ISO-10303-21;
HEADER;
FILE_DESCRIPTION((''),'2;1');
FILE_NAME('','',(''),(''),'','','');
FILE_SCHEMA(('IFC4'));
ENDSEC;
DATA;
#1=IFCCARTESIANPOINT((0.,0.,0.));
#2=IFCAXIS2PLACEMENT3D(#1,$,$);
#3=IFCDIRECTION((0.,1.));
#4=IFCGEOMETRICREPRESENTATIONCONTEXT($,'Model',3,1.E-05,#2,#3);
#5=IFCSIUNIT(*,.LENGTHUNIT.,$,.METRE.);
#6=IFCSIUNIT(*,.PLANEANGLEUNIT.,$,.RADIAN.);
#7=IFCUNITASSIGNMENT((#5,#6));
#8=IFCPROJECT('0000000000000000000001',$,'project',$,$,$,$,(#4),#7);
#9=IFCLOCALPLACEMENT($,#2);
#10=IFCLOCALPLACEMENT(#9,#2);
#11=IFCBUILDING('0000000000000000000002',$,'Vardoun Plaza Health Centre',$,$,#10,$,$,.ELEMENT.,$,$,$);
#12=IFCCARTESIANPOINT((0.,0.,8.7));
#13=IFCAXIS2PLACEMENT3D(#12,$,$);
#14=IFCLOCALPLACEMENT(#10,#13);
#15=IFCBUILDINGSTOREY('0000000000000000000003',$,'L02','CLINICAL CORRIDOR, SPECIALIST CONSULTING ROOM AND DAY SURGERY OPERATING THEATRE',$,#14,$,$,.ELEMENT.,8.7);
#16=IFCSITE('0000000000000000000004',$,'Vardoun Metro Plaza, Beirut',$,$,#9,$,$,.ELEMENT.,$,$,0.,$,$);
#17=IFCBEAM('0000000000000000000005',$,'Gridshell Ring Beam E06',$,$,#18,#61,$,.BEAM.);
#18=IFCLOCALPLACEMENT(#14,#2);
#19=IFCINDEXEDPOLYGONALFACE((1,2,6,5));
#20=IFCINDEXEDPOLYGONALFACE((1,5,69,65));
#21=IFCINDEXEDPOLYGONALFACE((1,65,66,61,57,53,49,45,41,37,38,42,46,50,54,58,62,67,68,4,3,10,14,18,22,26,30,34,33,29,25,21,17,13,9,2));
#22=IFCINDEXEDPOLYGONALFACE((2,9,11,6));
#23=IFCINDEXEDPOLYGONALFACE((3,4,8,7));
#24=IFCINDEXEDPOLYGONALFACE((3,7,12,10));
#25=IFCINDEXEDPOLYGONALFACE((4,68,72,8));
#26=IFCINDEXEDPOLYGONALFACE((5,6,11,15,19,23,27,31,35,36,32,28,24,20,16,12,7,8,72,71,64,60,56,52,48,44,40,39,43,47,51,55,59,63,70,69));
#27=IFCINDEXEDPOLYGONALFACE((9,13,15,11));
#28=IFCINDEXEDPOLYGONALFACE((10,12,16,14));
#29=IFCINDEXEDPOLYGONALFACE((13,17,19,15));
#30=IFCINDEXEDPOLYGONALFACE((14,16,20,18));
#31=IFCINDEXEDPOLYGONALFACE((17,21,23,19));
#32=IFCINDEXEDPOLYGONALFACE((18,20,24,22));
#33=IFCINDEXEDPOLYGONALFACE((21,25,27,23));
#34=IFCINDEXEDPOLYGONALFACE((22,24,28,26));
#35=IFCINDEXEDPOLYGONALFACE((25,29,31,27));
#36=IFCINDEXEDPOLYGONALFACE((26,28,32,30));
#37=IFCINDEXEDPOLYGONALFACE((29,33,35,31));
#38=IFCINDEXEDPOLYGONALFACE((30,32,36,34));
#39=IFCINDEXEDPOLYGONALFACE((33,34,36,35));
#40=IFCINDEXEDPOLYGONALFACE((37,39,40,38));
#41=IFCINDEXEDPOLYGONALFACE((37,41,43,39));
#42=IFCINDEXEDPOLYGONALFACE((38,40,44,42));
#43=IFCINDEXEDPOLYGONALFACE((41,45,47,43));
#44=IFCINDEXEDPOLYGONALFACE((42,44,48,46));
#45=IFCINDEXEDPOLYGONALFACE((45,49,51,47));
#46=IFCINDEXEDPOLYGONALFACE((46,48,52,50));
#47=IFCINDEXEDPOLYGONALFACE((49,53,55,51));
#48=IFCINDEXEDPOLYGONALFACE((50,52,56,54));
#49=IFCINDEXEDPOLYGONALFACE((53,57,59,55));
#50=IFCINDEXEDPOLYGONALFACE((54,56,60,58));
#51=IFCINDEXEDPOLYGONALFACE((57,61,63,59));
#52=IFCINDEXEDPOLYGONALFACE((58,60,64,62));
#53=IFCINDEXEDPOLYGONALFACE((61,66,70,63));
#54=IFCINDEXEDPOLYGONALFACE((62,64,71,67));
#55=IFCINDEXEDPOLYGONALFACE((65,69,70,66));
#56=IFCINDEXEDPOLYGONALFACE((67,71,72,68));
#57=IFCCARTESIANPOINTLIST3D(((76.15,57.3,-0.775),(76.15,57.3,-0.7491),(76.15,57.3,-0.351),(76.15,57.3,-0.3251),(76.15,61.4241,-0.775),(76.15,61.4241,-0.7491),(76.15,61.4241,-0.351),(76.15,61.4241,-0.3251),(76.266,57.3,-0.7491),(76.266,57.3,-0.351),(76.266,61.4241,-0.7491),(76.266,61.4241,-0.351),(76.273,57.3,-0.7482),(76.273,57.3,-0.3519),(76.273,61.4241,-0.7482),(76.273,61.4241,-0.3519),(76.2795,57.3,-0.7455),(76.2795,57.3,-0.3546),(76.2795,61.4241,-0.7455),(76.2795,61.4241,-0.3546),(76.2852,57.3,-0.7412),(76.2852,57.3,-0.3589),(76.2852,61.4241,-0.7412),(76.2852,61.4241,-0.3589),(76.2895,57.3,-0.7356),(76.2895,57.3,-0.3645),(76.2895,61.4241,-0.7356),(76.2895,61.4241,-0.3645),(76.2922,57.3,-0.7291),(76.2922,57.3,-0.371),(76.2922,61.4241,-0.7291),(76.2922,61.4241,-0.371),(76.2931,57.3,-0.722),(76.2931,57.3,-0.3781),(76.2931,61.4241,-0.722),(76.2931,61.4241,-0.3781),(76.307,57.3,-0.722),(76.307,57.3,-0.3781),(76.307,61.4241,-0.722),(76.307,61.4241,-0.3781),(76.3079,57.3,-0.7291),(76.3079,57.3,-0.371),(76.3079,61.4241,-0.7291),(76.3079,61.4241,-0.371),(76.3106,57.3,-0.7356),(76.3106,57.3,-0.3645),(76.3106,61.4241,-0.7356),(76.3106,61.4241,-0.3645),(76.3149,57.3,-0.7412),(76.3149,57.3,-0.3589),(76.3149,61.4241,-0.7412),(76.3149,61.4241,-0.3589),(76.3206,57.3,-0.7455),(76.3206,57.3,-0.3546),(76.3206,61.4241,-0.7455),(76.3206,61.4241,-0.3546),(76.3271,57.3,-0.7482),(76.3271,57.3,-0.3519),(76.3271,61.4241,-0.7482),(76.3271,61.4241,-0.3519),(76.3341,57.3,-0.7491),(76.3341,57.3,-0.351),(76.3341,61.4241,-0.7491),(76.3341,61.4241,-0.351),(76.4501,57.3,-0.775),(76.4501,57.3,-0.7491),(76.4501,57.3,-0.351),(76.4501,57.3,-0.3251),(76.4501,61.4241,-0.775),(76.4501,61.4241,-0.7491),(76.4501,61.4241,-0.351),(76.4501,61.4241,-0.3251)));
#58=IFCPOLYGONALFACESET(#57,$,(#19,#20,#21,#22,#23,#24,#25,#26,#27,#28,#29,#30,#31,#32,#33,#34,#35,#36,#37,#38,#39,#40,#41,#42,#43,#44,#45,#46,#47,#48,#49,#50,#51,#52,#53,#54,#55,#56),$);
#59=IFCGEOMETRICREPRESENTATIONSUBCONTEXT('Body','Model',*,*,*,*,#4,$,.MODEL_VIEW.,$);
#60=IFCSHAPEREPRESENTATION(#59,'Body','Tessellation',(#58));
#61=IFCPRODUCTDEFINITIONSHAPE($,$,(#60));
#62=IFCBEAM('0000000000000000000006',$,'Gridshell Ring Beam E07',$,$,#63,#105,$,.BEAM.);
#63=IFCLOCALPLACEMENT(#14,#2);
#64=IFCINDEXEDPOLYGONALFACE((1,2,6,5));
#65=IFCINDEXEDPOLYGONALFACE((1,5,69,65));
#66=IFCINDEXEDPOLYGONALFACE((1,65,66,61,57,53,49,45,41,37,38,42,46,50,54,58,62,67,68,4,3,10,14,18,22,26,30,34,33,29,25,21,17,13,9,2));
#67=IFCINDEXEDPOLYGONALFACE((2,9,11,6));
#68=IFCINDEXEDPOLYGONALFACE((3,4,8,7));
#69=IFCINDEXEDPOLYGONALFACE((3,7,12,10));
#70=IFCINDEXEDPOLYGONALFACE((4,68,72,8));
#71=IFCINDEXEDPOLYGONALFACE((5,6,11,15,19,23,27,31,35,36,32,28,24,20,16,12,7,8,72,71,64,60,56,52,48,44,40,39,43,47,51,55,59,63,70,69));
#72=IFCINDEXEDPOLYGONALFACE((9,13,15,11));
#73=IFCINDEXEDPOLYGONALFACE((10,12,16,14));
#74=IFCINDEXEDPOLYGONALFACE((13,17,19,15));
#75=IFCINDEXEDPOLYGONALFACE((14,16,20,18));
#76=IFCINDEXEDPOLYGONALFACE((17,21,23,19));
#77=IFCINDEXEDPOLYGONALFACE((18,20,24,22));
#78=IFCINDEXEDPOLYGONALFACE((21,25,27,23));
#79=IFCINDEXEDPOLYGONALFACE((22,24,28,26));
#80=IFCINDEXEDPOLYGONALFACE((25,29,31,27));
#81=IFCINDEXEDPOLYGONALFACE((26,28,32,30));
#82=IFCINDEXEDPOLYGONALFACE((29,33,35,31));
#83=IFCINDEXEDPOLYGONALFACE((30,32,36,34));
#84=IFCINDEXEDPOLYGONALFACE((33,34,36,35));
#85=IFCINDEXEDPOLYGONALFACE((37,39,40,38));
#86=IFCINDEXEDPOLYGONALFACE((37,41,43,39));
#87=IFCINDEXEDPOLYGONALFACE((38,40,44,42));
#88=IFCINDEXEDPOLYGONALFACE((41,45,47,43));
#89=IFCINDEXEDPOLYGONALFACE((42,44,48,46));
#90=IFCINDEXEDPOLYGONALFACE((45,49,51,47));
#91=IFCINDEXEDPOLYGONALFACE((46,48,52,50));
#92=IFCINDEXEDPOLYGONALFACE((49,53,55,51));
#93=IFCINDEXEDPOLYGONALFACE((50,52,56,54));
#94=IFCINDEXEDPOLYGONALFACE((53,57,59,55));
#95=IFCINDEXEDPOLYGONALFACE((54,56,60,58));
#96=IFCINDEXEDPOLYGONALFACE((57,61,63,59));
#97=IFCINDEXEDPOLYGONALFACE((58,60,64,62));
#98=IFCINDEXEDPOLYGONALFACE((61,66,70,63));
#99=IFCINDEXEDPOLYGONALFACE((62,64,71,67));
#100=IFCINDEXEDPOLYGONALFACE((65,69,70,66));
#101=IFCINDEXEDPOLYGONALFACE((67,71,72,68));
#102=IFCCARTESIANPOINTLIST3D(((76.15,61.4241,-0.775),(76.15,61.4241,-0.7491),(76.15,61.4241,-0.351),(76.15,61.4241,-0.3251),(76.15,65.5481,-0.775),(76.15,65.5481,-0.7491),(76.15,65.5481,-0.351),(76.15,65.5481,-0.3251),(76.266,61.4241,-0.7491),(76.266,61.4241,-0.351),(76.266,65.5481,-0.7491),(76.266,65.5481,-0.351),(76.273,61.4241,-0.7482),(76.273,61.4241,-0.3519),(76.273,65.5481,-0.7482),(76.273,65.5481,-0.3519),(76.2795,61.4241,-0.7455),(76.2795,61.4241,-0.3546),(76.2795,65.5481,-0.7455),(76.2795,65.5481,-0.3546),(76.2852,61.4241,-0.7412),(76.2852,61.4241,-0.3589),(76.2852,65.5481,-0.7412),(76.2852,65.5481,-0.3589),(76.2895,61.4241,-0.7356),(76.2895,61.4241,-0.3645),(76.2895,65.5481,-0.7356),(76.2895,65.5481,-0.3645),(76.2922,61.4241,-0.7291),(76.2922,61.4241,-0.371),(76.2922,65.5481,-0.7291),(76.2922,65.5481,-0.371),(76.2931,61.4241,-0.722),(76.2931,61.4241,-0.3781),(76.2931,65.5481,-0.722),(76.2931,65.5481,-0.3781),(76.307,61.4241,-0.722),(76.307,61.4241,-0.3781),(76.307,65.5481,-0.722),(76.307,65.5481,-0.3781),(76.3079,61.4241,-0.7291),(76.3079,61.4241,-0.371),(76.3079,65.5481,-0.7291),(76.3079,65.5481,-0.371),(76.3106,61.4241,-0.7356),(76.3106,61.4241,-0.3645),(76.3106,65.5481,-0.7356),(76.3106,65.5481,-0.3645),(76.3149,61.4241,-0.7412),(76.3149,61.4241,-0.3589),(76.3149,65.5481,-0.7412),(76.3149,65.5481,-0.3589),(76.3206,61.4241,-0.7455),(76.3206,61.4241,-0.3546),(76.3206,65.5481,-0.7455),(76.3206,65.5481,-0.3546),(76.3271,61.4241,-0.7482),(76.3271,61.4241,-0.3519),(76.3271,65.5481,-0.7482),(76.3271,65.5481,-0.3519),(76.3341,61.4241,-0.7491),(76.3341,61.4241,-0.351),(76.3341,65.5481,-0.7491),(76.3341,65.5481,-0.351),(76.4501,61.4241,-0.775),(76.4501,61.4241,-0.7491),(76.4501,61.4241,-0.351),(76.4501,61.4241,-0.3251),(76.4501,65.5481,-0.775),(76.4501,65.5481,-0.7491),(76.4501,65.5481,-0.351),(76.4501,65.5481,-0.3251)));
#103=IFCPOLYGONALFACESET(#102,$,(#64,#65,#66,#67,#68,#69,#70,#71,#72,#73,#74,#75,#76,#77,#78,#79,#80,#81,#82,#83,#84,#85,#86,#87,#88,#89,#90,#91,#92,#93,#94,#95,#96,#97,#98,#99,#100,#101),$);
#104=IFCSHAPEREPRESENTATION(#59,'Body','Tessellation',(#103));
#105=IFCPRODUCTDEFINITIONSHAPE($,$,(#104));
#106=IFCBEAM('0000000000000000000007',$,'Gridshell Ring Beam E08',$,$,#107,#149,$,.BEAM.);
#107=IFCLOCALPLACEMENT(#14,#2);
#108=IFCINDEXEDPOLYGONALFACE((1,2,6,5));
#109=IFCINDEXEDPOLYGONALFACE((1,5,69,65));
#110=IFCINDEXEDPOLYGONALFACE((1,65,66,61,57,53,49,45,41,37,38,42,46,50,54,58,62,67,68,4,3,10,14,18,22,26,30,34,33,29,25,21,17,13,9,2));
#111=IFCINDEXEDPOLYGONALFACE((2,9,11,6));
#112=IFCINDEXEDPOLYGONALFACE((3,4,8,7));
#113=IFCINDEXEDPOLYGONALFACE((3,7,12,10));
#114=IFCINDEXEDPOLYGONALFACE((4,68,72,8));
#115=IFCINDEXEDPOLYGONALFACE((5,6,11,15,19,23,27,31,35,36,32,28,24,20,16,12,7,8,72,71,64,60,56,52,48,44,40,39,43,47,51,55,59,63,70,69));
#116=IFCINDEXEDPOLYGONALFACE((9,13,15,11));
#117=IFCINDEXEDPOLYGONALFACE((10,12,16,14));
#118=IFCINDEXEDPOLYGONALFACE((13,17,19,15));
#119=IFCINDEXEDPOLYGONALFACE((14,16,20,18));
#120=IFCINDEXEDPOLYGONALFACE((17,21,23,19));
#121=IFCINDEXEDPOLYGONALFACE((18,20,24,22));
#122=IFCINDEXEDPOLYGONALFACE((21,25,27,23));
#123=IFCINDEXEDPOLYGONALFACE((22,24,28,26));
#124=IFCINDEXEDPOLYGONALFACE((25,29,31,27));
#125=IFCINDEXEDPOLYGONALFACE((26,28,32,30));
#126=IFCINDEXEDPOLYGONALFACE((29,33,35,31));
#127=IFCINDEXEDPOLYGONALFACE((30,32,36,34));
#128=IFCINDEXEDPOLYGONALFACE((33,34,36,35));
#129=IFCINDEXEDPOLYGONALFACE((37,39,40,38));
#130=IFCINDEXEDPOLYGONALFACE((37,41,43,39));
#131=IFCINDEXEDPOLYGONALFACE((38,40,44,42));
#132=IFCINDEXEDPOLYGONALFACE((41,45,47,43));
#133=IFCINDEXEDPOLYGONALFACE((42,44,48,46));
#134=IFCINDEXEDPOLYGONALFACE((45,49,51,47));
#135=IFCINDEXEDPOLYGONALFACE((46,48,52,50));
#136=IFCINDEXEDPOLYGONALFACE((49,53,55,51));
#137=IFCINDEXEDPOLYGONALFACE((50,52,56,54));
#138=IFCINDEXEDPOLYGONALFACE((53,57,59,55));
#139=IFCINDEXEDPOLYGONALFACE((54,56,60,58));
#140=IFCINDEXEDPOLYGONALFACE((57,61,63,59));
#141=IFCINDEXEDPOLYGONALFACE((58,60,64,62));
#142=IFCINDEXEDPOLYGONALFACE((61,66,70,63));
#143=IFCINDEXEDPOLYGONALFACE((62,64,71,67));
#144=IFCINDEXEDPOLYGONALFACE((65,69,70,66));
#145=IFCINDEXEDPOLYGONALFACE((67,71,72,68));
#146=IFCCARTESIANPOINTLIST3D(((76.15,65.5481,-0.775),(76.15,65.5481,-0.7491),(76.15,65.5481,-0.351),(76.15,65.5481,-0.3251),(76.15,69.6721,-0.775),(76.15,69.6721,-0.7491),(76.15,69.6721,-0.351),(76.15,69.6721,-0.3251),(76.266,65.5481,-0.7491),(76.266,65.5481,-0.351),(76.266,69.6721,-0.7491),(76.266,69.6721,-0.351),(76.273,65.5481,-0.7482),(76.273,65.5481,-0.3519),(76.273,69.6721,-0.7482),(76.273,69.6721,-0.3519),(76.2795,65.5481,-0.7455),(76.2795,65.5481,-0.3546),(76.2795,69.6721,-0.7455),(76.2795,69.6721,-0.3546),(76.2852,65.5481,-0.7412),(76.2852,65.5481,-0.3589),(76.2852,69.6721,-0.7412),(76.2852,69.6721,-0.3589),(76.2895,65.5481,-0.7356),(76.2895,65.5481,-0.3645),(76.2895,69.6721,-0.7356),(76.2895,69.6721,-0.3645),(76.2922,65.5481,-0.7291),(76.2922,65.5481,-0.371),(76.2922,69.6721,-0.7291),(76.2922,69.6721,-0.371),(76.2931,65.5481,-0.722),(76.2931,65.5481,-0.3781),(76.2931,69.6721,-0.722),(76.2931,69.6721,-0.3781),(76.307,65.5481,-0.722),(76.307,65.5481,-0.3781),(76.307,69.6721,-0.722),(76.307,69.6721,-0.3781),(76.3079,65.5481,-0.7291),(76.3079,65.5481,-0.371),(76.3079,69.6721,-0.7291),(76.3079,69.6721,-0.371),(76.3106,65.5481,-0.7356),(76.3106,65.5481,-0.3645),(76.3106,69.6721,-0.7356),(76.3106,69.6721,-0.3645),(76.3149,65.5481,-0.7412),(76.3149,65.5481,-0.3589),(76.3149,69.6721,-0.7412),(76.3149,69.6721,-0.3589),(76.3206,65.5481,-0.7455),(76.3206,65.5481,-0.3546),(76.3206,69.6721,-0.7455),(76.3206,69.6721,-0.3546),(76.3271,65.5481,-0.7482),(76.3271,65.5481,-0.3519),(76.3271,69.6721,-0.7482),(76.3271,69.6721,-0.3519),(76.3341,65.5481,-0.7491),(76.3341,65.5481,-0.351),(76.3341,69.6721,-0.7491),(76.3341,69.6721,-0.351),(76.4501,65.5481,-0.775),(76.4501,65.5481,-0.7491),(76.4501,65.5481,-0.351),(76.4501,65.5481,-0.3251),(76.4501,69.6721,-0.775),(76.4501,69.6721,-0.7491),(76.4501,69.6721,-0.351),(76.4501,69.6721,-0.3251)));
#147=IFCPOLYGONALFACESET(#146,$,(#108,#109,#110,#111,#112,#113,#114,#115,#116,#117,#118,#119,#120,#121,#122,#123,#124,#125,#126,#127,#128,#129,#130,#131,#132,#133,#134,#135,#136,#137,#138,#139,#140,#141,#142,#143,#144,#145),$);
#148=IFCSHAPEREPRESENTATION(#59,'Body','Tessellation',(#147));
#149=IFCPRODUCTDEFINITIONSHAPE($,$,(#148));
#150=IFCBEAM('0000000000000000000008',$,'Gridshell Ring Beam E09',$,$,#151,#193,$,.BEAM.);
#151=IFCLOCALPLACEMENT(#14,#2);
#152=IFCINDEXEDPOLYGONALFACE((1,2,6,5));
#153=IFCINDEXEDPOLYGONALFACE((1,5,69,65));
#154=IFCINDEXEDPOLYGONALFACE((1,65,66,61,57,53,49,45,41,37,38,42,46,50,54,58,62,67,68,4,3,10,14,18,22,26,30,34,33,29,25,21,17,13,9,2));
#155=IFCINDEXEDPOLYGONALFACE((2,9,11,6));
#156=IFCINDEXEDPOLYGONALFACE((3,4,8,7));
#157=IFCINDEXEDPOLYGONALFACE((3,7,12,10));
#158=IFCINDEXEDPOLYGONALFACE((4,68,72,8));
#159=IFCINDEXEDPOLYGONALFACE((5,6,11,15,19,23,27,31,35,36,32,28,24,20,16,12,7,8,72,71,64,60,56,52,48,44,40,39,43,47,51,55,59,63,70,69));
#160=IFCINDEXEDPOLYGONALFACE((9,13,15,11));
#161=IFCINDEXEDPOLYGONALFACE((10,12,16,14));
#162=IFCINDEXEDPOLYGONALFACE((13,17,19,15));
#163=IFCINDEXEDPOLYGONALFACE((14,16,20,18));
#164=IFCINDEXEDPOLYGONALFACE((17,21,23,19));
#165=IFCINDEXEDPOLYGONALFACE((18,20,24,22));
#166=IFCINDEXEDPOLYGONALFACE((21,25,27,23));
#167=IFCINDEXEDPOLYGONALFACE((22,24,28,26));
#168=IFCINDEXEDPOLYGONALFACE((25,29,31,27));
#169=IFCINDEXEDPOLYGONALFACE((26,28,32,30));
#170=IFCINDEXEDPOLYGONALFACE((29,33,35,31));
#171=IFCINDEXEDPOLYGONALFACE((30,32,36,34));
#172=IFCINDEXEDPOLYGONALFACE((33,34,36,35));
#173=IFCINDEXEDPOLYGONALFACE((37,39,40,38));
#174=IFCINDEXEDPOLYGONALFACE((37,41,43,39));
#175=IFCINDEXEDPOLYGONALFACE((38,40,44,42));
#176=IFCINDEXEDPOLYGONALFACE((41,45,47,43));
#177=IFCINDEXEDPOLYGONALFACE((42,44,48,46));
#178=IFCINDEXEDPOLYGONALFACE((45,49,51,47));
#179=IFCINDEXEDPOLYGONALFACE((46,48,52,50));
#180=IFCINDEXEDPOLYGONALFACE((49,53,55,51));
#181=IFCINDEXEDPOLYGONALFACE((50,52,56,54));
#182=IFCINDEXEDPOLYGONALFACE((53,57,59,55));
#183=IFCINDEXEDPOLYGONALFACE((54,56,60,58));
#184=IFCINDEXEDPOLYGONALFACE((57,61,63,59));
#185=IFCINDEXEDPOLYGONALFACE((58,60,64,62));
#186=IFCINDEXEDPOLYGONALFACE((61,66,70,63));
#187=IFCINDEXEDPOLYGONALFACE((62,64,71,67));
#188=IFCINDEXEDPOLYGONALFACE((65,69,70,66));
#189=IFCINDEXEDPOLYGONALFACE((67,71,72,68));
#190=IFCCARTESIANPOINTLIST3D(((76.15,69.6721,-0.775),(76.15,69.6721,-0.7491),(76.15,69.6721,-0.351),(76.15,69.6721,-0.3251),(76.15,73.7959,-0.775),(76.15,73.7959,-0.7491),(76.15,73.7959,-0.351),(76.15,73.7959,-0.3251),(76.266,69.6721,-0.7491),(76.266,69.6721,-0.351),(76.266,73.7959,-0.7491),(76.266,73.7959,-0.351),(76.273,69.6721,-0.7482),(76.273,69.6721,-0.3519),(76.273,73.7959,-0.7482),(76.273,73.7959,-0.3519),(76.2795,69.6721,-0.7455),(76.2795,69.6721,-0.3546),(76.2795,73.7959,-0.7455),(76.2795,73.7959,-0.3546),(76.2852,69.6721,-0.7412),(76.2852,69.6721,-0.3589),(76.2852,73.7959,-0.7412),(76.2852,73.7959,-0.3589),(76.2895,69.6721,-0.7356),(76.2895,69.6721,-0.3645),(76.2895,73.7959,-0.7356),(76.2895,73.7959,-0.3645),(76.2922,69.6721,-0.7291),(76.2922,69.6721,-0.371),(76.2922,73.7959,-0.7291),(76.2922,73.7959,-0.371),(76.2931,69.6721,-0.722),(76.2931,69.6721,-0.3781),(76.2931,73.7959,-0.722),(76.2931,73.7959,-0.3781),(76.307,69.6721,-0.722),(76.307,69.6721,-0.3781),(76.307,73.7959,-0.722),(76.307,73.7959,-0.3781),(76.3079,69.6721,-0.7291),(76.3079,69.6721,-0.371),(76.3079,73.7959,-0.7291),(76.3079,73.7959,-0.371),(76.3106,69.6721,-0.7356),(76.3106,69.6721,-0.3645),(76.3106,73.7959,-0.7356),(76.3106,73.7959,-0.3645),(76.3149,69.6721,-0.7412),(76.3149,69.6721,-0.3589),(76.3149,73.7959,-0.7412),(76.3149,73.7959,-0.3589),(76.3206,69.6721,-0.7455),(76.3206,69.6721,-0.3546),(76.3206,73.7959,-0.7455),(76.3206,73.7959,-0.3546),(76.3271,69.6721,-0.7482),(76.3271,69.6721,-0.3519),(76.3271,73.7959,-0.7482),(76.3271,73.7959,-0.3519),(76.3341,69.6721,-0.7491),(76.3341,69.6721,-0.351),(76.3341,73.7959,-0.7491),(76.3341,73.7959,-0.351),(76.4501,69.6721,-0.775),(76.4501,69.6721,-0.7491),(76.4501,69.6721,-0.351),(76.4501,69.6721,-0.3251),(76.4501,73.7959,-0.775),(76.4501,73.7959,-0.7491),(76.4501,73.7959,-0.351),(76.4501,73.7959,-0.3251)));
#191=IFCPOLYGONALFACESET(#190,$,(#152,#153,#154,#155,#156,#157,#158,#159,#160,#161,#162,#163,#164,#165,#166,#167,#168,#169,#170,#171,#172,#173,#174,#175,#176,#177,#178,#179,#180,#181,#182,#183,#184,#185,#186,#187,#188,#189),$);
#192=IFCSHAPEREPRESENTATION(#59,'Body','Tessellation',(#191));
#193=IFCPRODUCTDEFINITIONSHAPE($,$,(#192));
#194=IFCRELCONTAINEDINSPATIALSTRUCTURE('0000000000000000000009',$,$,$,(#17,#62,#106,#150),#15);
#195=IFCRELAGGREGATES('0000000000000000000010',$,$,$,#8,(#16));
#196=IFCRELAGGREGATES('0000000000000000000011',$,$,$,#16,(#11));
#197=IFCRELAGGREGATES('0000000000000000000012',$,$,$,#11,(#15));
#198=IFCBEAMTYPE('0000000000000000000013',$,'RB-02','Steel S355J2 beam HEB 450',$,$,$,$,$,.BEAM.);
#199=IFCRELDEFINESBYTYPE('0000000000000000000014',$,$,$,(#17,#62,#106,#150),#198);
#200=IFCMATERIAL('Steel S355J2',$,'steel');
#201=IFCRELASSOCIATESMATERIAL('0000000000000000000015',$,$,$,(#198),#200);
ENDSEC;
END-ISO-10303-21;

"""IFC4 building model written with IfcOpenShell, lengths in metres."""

from ifc_helpers import new_model, si_unit, direction, frame, origin, origin_2d, place, context, subcontext, project, spatial, i_section, extrude, material, material_profile, profile_set, type_object, element, save


model = new_model("IFC4")

# Units and contexts
model_context = context("Model", 3, precision=1e-05, world=origin(), true_north=direction((0.0, 1.0)))
body_context = subcontext(model_context, "Body", "Model", "MODEL_VIEW")
ifc_project = project(units=[si_unit("LENGTHUNIT", "METRE"), si_unit("PLANEANGLEUNIT", "RADIAN")], contexts=[model_context])

# Site, building, storey
site_placement = place(None, origin())
site = spatial("IfcSite", under=ifc_project, at=site_placement, Name="Vardoun Metro Plaza, Beirut", CompositionType="ELEMENT", RefElevation=0.0)
building_placement = place(site_placement, origin())
building = spatial("IfcBuilding", under=site, at=building_placement, Name="Vardoun Plaza Health Centre", CompositionType="ELEMENT")
storey_placement = place(building_placement, frame((0.0, 0.0, 8.7)))
storey = spatial("IfcBuildingStorey", under=building, at=storey_placement, Name="L02", Description="CLINICAL CORRIDOR, SPECIALIST CONSULTING ROOM AND DAY SURGERY OPERATING THEATRE", CompositionType="ELEMENT", Elevation=8.7)

# Beams
ifc_material_1 = material(Name="Steel S355J2", Category="steel")
ifc_material_profile_1 = material_profile(ifc_material_1, i_section(OverallWidth=0.3, OverallDepth=0.45, WebThickness=0.0139, FlangeThickness=0.0259, FilletRadius=0.0271, at=origin_2d()), Name="HEB 450")
ifc_profile_set_1 = profile_set([ifc_material_profile_1], Name="Steel S355J2")
beam_type = type_object("IfcBeamType", Name="RB-02", Description="Steel S355J2 beam HEB 450", PredefinedType="BEAM", material=ifc_profile_set_1)
for number, where, z_axis, x_axis, name in (
    (1, (76.3, 57.3, -0.55), (0.0, 1.0, 0.0), (-1.0, 0.0, 0.0), "Gridshell Ring Beam E06"),
    (2, (76.3, 61.4241, -0.55), (0.0, 1.0, 0.0), (-1.0, 0.0, 0.0), "Gridshell Ring Beam E07"),
    (3, (76.3, 65.5481, -0.55), (0.0, 1.0, 0.0), (-1.0, 0.0, 0.0), "Gridshell Ring Beam E08"),
):
    element("IfcBeam", number, at=place(storey_placement, frame(where, z_axis=z_axis, x_axis=x_axis)), inside=storey, type_object=beam_type, Name=name, PredefinedType="BEAM", context=body_context, shape_type="SweptSolid", body=[
        extrude(i_section(OverallWidth=0.3, OverallDepth=0.45, WebThickness=0.0139, FlangeThickness=0.0259, FilletRadius=0.0271, at=origin_2d()), origin(), (0.0, 0.0, 1.0), 4.124),
    ])
beam_placement = place(storey_placement, frame((76.3, 69.6721, -0.55), z_axis=(0.0, 1.0, 0.0), x_axis=(-1.0, 0.0, 0.0)))
element("IfcBeam", 4, at=beam_placement, inside=storey, type_object=beam_type, Name="Gridshell Ring Beam E09", PredefinedType="BEAM", context=body_context, shape_type="SweptSolid", body=[
    extrude(i_section(OverallWidth=0.3, OverallDepth=0.45, WebThickness=0.0139, FlangeThickness=0.0259, FilletRadius=0.0271, at=origin_2d()), origin(), (0.0, 0.0, 1.0), 4.1238),
])

save(model, "model.ifc")
